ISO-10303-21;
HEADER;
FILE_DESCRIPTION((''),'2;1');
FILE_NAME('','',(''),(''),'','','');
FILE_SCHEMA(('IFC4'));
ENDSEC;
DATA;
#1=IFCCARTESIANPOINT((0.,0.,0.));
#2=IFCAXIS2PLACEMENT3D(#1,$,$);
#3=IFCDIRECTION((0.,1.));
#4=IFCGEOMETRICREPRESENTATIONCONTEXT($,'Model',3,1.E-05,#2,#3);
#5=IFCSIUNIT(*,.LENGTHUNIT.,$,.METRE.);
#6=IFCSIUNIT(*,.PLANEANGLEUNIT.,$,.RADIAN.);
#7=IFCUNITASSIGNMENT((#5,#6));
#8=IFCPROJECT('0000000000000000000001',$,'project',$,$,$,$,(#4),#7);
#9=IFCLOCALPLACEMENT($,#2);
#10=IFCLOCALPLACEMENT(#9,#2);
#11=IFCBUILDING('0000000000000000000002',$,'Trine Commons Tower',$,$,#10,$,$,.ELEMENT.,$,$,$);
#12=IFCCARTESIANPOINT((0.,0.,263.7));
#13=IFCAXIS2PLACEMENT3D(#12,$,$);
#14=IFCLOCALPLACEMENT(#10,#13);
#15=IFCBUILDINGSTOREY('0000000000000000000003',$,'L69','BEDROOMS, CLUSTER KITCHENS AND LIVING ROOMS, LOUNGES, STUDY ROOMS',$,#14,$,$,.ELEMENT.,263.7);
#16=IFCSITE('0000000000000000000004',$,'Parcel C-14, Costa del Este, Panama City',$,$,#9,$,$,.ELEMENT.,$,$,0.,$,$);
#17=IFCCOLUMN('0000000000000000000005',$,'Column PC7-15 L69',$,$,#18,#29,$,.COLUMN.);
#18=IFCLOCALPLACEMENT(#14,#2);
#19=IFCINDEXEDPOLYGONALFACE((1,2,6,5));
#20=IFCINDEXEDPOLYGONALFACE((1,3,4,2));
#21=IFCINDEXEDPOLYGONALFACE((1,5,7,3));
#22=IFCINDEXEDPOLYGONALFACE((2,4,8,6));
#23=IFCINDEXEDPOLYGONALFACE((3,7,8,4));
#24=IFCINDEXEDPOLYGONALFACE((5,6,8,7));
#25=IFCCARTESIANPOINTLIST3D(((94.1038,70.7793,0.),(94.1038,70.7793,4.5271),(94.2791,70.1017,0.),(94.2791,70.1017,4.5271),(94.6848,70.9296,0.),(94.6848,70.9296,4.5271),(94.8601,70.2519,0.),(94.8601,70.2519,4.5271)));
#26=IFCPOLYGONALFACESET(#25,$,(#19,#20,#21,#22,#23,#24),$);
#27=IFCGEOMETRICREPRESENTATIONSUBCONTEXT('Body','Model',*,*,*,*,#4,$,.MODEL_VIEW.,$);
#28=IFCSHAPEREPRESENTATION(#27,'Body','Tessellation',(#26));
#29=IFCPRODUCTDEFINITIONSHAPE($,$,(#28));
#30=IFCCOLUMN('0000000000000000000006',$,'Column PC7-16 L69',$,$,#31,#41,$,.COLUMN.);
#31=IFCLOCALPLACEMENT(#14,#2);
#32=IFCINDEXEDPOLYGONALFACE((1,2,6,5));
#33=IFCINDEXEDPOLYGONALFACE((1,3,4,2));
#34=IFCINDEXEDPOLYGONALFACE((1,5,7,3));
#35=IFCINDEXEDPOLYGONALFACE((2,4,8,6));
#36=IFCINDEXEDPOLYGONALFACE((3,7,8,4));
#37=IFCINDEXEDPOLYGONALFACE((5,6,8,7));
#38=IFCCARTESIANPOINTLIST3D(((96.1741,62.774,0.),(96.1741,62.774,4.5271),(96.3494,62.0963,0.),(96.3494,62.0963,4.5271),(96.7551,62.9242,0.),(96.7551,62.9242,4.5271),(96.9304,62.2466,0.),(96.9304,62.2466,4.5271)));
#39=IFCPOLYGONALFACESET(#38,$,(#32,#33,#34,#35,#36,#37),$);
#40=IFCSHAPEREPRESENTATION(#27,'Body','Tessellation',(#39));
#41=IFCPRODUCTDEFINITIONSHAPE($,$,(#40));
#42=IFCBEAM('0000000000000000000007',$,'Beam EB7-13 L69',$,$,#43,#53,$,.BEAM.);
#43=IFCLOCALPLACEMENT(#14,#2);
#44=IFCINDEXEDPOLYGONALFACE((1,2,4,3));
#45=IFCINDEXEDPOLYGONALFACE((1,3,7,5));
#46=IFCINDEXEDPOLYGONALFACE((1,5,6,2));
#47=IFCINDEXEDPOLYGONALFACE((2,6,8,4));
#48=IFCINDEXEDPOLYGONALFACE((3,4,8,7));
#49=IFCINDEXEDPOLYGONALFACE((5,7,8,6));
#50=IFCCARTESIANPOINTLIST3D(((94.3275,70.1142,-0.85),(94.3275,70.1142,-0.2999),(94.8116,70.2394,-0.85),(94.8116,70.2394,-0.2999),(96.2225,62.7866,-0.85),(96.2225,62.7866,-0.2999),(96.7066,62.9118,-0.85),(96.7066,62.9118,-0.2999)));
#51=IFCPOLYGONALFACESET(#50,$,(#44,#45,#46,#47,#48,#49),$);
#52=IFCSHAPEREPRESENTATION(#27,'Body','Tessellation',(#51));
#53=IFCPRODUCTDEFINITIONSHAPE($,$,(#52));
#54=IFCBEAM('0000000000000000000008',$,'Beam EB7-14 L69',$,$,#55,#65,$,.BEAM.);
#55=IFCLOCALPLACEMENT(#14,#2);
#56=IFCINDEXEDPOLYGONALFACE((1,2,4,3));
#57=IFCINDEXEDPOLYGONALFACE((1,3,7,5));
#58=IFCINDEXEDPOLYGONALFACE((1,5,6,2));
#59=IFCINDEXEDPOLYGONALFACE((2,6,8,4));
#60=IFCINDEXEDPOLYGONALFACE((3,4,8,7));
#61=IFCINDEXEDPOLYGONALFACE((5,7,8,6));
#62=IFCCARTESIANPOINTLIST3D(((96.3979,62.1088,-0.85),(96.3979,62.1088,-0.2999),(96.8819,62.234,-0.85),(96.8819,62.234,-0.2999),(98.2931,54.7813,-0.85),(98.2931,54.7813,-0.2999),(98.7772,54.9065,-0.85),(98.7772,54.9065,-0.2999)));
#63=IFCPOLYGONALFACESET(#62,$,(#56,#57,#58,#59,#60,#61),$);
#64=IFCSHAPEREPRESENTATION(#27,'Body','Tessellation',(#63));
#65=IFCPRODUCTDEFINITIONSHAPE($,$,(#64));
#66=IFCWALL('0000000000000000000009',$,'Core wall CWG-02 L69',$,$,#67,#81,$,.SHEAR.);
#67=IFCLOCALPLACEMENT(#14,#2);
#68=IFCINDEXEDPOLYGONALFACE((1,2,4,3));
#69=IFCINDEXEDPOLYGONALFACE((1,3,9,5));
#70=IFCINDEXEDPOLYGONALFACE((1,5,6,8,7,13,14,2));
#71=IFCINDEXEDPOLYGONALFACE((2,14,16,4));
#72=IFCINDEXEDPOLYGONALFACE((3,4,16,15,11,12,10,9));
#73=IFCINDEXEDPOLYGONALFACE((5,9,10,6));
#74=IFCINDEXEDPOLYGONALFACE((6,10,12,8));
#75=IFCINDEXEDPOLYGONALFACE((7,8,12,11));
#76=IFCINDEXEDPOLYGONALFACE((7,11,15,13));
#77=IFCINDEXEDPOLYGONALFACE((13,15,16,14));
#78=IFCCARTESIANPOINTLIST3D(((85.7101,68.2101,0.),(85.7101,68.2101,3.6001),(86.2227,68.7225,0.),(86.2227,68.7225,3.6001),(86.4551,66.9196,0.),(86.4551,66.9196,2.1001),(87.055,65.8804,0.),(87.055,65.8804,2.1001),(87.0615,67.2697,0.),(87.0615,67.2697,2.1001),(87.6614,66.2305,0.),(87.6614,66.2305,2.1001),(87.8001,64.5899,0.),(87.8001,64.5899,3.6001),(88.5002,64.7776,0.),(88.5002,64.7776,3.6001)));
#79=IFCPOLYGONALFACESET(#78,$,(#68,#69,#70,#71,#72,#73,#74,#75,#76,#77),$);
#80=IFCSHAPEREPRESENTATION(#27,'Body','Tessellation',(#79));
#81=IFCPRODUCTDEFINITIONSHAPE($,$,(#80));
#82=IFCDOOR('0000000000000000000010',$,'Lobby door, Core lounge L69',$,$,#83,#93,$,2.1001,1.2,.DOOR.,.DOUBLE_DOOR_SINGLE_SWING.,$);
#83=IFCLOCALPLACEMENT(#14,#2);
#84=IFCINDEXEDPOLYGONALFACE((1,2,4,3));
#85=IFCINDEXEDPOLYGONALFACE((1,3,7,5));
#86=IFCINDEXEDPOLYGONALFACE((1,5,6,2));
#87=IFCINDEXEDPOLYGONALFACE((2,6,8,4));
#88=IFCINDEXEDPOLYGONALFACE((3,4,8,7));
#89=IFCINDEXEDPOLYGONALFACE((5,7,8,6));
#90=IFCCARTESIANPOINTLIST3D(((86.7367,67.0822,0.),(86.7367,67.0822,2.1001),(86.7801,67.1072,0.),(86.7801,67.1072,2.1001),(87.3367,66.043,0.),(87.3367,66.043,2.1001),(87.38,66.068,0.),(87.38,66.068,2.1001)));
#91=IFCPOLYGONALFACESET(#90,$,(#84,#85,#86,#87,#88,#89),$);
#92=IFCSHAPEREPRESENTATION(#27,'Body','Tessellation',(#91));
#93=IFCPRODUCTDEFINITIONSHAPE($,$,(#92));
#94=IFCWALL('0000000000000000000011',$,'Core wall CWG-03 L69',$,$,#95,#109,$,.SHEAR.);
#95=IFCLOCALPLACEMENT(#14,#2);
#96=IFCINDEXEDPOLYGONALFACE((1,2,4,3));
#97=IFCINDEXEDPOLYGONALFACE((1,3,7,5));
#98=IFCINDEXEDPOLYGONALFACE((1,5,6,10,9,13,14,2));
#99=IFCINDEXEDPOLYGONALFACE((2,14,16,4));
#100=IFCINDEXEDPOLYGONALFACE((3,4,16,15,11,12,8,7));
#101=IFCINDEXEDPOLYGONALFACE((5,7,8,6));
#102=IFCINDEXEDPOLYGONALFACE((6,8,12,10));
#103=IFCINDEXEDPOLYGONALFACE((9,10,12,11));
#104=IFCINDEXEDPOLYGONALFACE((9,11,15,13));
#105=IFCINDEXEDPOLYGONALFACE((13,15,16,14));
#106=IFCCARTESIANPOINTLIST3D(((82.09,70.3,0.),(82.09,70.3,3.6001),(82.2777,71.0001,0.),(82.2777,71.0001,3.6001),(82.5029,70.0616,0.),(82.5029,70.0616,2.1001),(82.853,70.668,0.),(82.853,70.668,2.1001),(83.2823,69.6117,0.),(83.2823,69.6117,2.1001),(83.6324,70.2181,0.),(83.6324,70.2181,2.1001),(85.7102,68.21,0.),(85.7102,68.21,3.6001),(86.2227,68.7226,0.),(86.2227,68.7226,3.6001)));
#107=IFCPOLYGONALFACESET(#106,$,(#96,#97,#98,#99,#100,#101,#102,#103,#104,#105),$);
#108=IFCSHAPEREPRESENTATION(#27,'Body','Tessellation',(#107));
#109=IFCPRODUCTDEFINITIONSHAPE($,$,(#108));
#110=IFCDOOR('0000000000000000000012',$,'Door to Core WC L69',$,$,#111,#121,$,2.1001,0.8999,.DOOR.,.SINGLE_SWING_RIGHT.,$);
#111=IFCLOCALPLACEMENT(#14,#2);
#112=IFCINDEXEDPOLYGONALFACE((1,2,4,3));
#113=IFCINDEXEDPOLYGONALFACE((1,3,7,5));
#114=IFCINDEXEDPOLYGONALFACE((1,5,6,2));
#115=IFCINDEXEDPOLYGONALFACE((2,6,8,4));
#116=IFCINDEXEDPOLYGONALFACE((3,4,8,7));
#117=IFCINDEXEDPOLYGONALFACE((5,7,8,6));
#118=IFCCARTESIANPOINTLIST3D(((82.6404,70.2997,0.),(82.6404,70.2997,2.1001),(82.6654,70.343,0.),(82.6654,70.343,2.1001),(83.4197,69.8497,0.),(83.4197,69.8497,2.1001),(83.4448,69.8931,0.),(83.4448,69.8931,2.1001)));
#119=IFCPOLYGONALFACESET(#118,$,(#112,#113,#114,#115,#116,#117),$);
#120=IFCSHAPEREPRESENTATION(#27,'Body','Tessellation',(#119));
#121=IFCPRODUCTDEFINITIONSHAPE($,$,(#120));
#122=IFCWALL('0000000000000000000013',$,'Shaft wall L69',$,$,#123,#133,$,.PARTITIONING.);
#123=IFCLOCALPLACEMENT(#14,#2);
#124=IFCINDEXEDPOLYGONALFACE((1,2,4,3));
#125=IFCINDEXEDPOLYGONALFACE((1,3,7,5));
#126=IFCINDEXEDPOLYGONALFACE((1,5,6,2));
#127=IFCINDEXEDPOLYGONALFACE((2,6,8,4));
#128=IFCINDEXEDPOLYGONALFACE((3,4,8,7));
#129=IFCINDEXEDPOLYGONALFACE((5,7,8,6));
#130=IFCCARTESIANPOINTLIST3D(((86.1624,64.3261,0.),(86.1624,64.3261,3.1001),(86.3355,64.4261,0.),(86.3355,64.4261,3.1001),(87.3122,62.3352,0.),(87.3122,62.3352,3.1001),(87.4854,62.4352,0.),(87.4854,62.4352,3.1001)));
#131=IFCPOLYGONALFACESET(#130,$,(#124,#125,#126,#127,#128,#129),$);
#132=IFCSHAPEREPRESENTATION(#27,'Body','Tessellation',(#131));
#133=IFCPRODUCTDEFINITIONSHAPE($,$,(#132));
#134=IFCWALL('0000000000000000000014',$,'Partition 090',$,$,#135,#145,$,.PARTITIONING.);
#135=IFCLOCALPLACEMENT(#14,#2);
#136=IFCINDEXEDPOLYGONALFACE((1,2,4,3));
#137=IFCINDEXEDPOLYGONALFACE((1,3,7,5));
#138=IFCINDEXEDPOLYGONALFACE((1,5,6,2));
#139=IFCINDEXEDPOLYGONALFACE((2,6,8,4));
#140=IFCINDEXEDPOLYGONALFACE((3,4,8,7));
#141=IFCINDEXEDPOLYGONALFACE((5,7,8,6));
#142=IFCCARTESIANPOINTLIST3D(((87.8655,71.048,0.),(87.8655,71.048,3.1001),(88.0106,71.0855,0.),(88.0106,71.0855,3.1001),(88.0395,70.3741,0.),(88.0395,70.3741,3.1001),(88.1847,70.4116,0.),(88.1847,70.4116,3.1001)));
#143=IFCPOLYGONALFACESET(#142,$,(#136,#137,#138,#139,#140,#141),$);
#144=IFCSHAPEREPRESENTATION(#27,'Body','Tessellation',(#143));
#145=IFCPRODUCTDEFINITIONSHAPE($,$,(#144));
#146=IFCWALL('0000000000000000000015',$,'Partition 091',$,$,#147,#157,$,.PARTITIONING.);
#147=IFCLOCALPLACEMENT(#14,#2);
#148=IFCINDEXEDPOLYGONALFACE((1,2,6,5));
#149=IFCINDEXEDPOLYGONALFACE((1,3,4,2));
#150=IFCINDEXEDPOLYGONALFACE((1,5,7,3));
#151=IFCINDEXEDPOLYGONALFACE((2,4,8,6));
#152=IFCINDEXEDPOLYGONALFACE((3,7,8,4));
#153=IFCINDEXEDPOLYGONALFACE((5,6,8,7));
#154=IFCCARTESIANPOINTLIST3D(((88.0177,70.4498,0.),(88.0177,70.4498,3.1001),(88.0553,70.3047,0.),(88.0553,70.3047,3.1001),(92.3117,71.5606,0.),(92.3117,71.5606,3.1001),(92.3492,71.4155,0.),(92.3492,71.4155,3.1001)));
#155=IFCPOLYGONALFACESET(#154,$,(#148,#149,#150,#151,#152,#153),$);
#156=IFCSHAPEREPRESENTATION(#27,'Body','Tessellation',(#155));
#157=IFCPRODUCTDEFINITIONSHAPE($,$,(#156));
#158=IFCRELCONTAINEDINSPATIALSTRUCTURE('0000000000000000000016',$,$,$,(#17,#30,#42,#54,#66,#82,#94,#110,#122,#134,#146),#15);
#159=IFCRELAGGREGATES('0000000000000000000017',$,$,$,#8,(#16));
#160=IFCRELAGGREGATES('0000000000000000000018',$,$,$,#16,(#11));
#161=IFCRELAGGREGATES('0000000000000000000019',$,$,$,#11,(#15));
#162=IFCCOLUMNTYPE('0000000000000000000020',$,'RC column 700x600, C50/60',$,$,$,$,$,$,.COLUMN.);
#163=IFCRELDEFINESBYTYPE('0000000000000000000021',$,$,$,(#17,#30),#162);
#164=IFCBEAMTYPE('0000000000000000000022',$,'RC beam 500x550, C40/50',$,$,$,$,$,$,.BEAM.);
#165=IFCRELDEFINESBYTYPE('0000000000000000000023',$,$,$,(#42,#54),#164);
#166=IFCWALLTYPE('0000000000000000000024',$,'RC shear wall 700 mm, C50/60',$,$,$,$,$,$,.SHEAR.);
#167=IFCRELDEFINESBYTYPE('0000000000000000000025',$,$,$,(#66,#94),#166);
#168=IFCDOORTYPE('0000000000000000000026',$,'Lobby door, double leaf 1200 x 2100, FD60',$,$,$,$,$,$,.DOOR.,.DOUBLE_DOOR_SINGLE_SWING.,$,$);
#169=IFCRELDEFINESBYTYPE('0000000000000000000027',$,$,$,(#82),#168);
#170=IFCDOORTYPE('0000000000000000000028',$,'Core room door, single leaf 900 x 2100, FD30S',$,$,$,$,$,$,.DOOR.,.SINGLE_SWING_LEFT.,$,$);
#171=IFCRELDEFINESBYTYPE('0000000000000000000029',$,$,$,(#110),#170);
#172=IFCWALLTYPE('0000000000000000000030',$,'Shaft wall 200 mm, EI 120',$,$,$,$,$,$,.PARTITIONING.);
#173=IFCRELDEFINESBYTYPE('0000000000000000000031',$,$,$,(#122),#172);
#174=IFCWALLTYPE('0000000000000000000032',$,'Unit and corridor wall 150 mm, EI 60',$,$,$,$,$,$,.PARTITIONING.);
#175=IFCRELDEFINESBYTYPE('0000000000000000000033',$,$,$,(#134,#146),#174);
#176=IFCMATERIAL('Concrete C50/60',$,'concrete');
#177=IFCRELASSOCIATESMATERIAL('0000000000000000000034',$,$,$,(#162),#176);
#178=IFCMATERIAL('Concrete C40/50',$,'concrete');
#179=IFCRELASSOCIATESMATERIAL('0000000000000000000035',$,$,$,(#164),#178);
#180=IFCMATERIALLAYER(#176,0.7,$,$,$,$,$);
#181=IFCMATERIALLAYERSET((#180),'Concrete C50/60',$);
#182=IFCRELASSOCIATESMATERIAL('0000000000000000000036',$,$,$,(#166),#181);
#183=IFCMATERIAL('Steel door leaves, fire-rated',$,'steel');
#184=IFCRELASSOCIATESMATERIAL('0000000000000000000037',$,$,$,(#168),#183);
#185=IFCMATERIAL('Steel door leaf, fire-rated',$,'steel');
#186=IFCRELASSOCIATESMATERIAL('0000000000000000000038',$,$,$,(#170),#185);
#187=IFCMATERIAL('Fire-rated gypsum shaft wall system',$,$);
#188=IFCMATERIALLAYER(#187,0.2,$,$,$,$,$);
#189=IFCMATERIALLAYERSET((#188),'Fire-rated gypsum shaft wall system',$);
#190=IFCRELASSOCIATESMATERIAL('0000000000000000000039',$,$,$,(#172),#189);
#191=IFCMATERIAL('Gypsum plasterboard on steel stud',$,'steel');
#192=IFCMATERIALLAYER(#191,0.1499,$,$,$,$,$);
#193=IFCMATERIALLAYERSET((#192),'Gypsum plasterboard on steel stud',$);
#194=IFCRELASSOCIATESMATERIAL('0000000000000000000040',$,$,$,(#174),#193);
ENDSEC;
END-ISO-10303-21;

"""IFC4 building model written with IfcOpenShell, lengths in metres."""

from ifc_helpers import new_model, si_unit, direction, frame, frame_2d, origin, origin_2d, place, context, subcontext, project, spatial, polyline, rectangle, outline, extrude, material, layer, layer_set, material_profile, profile_set, type_object, element, fill, save


model = new_model("IFC4")

# Units and contexts
model_context = context("Model", 3, precision=1e-05, world=origin(), true_north=direction((0.0, 1.0)))
body_context = subcontext(model_context, "Body", "Model", "MODEL_VIEW")
ifc_project = project(units=[si_unit("LENGTHUNIT", "METRE"), si_unit("PLANEANGLEUNIT", "RADIAN")], contexts=[model_context])

# Site, building, storey
site_placement = place(None, origin())
site = spatial("IfcSite", under=ifc_project, at=site_placement, Name="Parcel C-14, Costa del Este, Panama City", CompositionType="ELEMENT", RefElevation=0.0)
building_placement = place(site_placement, origin())
building = spatial("IfcBuilding", under=site, at=building_placement, Name="Trine Commons Tower", CompositionType="ELEMENT")
storey_placement = place(building_placement, frame((0.0, 0.0, 263.7)))
storey = spatial("IfcBuildingStorey", under=building, at=storey_placement, Name="L69", Description="BEDROOMS, CLUSTER KITCHENS AND LIVING ROOMS, LOUNGES, STUDY ROOMS", CompositionType="ELEMENT", Elevation=263.7)

# Columns
ifc_material_1 = material(Name="Concrete C50/60", Category="concrete")
ifc_material_profile_1 = material_profile(ifc_material_1, rectangle(XDim=0.7, YDim=0.6001, at=origin_2d()), Name="RC 700x600")
ifc_profile_set_1 = profile_set([ifc_material_profile_1], Name="Concrete C50/60")
column_type = type_object("IfcColumnType", Name="RC column 700x600, C50/60", PredefinedType="COLUMN", material=ifc_profile_set_1)
for number, where, z_axis, x_axis, name in (
    (1, (94.4819, 70.5156, 0.0), (0.0, 0.0, 1.0), (-0.25038, 0.968148, 0.0), "Column PC7-15 L69"),
    (2, (96.5522, 62.5103, 0.0), (0.0, 0.0, 1.0), (-0.25038, 0.968148, 0.0), "Column PC7-16 L69"),
):
    element("IfcColumn", number, at=place(storey_placement, frame(where, z_axis=z_axis, x_axis=x_axis)), inside=storey, type_object=column_type, Name=name, PredefinedType="COLUMN", context=body_context, shape_type="SweptSolid", body=[
        extrude(rectangle(XDim=0.7, YDim=0.6001, at=origin_2d()), origin(), (0.0, 0.0, 1.0), 4.5271),
    ])

# Beams
ifc_material_2 = material(Name="Concrete C40/50", Category="concrete")
ifc_material_profile_2 = material_profile(ifc_material_2, rectangle(XDim=0.5, YDim=0.55, at=origin_2d()), Name="RC 500x550")
ifc_profile_set_2 = profile_set([ifc_material_profile_2], Name="Concrete C40/50")
beam_type = type_object("IfcBeamType", Name="RC beam 500x550, C40/50", PredefinedType="BEAM", material=ifc_profile_set_2)
for number, where, z_axis, x_axis, name in (
    (3, (94.5696, 70.1768, -0.575), (0.250376, -0.968149, 0.0), (0.968149, 0.250376, 0.0), "Beam EB7-13 L69"),
    (4, (96.6399, 62.1714, -0.575), (0.250414, -0.968139, 0.0), (0.968139, 0.250414, 0.0), "Beam EB7-14 L69"),
):
    element("IfcBeam", number, at=place(storey_placement, frame(where, z_axis=z_axis, x_axis=x_axis)), inside=storey, type_object=beam_type, Name=name, PredefinedType="BEAM", context=body_context, shape_type="SweptSolid", body=[
        extrude(rectangle(XDim=0.5, YDim=0.55, at=origin_2d()), origin(), (0.0, 0.0, 1.0), 7.5686),
    ])

# Walls, openings, doors
ifc_layer_1 = layer(ifc_material_1, 0.7)
ifc_layer_set_1 = layer_set([ifc_layer_1], Name="Concrete C50/60")
wall_type_1 = type_object("IfcWallType", Name="RC shear wall 700 mm, C50/60", PredefinedType="SHEAR", material=ifc_layer_set_1)
wall_1_placement = place(storey_placement, frame((88.197, 64.6025, 0.0), z_axis=(0.0, 0.0, 1.0), x_axis=(-0.499984, 0.866035, 0.0)))
wall_1 = element("IfcWall", 5, at=wall_1_placement, inside=storey, type_object=wall_type_1, Name="Core wall CWG-02 L69", PredefinedType="SHEAR", context=body_context, shape_type="SweptSolid", body=[
    extrude(outline(polyline([(0.0, -0.3501), (4.5552, -0.3501), (4.3677, 0.3501), (0.1875, 0.3501), (0.0, -0.3501)])), origin(), (0.0, 0.0, 1.0), 3.6001),
])
opening_1_placement = place(wall_1_placement, frame((1.6775, 0.0, 0.0)))
opening_1 = element("IfcOpeningElement", 6, at=opening_1_placement, cuts=wall_1, PredefinedType="OPENING", context=body_context, shape_type="SweptSolid", body=[
    extrude(rectangle(XDim=1.2, YDim=2.1001, at=frame_2d((0.6001, 1.05))), frame((0.0, 0.3599, 0.0), z_axis=(0.0, -1.0, 0.0), x_axis=(1.0, 0.0, 0.0)), (0.0, 0.0, 1.0), 0.72),
])
ifc_material_3 = material(Name="Steel door leaves, fire-rated", Category="steel")
door_type_1 = type_object("IfcDoorType", Name="Lobby door, double leaf 1200 x 2100, FD60", OperationType="DOUBLE_DOOR_SINGLE_SWING", PredefinedType="DOOR", material=ifc_material_3)
door_1_placement = place(opening_1_placement, origin())
door_1 = element("IfcDoor", 7, at=door_1_placement, inside=storey, type_object=door_type_1, Name="Lobby door, Core lounge L69", OperationType="DOUBLE_DOOR_SINGLE_SWING", OverallHeight=2.1001, OverallWidth=1.2, PredefinedType="DOOR", context=body_context, shape_type="SweptSolid", body=[
    extrude(rectangle(XDim=1.2, YDim=2.1001, at=frame_2d((0.6001, 1.05))), frame((0.0, 0.0249, 0.0), z_axis=(0.0, -1.0, 0.0), x_axis=(1.0, 0.0, 0.0)), (0.0, 0.0, 1.0), 0.05),
])
fill(opening_1, door_1)
wall_2_placement = place(storey_placement, frame((86.0476, 68.4194, 0.0), z_axis=(0.0, 0.0, 1.0), x_axis=(-0.866035, 0.499984, 0.0)))
wall_2 = element("IfcWall", 8, at=wall_2_placement, inside=storey, type_object=wall_type_1, Name="Core wall CWG-03 L69", PredefinedType="SHEAR", context=body_context, shape_type="SweptSolid", body=[
    extrude(outline(polyline([(0.0, -0.3501), (4.5552, -0.3501), (4.3677, 0.3501), (0.1875, 0.3501), (0.0, -0.3501)])), origin(), (0.0, 0.0, 1.0), 3.6001),
])
opening_2_placement = place(wall_2_placement, frame((2.991, 0.0, 0.0)))
opening_2 = element("IfcOpeningElement", 9, at=opening_2_placement, cuts=wall_2, PredefinedType="OPENING", context=body_context, shape_type="SweptSolid", body=[
    extrude(rectangle(XDim=0.8999, YDim=2.1001, at=frame_2d((0.45, 1.05))), frame((0.0, 0.3599, 0.0), z_axis=(0.0, -1.0, 0.0), x_axis=(1.0, 0.0, 0.0)), (0.0, 0.0, 1.0), 0.72),
])
ifc_material_4 = material(Name="Steel door leaf, fire-rated", Category="steel")
door_type_2 = type_object("IfcDoorType", Name="Core room door, single leaf 900 x 2100, FD30S", OperationType="SINGLE_SWING_LEFT", PredefinedType="DOOR", material=ifc_material_4)
door_2_placement = place(opening_2_placement, origin())
door_2 = element("IfcDoor", 10, at=door_2_placement, inside=storey, type_object=door_type_2, Name="Door to Core WC L69", OperationType="SINGLE_SWING_RIGHT", OverallHeight=2.1001, OverallWidth=0.8999, PredefinedType="DOOR", context=body_context, shape_type="SweptSolid", body=[
    extrude(rectangle(XDim=0.8999, YDim=2.1001, at=frame_2d((0.45, 1.05))), frame((0.0, 0.0752, 0.0), z_axis=(0.0, -1.0, 0.0), x_axis=(1.0, 0.0, 0.0)), (0.0, 0.0, 1.0), 0.05),
])
fill(opening_2, door_2)

# Walls
ifc_material_5 = material(Name="Fire-rated gypsum shaft wall system")
ifc_layer_2 = layer(ifc_material_5, 0.2)
ifc_layer_set_2 = layer_set([ifc_layer_2], Name="Fire-rated gypsum shaft wall system")
wall_type_2 = type_object("IfcWallType", Name="Shaft wall 200 mm, EI 120", PredefinedType="PARTITIONING", material=ifc_layer_set_2)
wall_3_placement = place(storey_placement, frame((86.249, 64.376, 0.0), z_axis=(0.0, 0.0, 1.0), x_axis=(0.500136, -0.865947, 0.0)))
element("IfcWall", 11, at=wall_3_placement, inside=storey, type_object=wall_type_2, Name="Shaft wall L69", PredefinedType="PARTITIONING", context=body_context, shape_type="SweptSolid", body=[
    extrude(rectangle(XDim=2.2991, YDim=0.2, at=frame_2d((1.1494, 0.0))), origin(), (0.0, 0.0, 1.0), 3.1001),
])
ifc_material_6 = material(Name="Gypsum plasterboard on steel stud", Category="steel")
ifc_layer_3 = layer(ifc_material_6, 0.1499)
ifc_layer_set_3 = layer_set([ifc_layer_3], Name="Gypsum plasterboard on steel stud")
wall_type_3 = type_object("IfcWallType", Name="Unit and corridor wall 150 mm, EI 60", PredefinedType="PARTITIONING", material=ifc_layer_set_3)
wall_4_placement = place(storey_placement, frame((87.938, 71.0669, 0.0), z_axis=(0.0, 0.0, 1.0), x_axis=(0.250122, -0.968214, 0.0)))
element("IfcWall", 12, at=wall_4_placement, inside=storey, type_object=wall_type_3, Name="Partition 090", PredefinedType="PARTITIONING", context=body_context, shape_type="SweptSolid", body=[
    extrude(rectangle(XDim=0.696, YDim=0.1499, at=frame_2d((0.3481, 0.0))), origin(), (0.0, 0.0, 1.0), 3.1001),
])
wall_5_placement = place(storey_placement, frame((88.0364, 70.3772, 0.0), z_axis=(0.0, 0.0, 1.0), x_axis=(0.968129, 0.250454, 0.0)))
element("IfcWall", 13, at=wall_5_placement, inside=storey, type_object=wall_type_3, Name="Partition 091", PredefinedType="PARTITIONING", context=body_context, shape_type="SweptSolid", body=[
    extrude(rectangle(XDim=4.4353, YDim=0.1499, at=frame_2d((2.2178, 0.0))), origin(), (0.0, 0.0, 1.0), 3.1001),
])

save(model, "model.ifc")
